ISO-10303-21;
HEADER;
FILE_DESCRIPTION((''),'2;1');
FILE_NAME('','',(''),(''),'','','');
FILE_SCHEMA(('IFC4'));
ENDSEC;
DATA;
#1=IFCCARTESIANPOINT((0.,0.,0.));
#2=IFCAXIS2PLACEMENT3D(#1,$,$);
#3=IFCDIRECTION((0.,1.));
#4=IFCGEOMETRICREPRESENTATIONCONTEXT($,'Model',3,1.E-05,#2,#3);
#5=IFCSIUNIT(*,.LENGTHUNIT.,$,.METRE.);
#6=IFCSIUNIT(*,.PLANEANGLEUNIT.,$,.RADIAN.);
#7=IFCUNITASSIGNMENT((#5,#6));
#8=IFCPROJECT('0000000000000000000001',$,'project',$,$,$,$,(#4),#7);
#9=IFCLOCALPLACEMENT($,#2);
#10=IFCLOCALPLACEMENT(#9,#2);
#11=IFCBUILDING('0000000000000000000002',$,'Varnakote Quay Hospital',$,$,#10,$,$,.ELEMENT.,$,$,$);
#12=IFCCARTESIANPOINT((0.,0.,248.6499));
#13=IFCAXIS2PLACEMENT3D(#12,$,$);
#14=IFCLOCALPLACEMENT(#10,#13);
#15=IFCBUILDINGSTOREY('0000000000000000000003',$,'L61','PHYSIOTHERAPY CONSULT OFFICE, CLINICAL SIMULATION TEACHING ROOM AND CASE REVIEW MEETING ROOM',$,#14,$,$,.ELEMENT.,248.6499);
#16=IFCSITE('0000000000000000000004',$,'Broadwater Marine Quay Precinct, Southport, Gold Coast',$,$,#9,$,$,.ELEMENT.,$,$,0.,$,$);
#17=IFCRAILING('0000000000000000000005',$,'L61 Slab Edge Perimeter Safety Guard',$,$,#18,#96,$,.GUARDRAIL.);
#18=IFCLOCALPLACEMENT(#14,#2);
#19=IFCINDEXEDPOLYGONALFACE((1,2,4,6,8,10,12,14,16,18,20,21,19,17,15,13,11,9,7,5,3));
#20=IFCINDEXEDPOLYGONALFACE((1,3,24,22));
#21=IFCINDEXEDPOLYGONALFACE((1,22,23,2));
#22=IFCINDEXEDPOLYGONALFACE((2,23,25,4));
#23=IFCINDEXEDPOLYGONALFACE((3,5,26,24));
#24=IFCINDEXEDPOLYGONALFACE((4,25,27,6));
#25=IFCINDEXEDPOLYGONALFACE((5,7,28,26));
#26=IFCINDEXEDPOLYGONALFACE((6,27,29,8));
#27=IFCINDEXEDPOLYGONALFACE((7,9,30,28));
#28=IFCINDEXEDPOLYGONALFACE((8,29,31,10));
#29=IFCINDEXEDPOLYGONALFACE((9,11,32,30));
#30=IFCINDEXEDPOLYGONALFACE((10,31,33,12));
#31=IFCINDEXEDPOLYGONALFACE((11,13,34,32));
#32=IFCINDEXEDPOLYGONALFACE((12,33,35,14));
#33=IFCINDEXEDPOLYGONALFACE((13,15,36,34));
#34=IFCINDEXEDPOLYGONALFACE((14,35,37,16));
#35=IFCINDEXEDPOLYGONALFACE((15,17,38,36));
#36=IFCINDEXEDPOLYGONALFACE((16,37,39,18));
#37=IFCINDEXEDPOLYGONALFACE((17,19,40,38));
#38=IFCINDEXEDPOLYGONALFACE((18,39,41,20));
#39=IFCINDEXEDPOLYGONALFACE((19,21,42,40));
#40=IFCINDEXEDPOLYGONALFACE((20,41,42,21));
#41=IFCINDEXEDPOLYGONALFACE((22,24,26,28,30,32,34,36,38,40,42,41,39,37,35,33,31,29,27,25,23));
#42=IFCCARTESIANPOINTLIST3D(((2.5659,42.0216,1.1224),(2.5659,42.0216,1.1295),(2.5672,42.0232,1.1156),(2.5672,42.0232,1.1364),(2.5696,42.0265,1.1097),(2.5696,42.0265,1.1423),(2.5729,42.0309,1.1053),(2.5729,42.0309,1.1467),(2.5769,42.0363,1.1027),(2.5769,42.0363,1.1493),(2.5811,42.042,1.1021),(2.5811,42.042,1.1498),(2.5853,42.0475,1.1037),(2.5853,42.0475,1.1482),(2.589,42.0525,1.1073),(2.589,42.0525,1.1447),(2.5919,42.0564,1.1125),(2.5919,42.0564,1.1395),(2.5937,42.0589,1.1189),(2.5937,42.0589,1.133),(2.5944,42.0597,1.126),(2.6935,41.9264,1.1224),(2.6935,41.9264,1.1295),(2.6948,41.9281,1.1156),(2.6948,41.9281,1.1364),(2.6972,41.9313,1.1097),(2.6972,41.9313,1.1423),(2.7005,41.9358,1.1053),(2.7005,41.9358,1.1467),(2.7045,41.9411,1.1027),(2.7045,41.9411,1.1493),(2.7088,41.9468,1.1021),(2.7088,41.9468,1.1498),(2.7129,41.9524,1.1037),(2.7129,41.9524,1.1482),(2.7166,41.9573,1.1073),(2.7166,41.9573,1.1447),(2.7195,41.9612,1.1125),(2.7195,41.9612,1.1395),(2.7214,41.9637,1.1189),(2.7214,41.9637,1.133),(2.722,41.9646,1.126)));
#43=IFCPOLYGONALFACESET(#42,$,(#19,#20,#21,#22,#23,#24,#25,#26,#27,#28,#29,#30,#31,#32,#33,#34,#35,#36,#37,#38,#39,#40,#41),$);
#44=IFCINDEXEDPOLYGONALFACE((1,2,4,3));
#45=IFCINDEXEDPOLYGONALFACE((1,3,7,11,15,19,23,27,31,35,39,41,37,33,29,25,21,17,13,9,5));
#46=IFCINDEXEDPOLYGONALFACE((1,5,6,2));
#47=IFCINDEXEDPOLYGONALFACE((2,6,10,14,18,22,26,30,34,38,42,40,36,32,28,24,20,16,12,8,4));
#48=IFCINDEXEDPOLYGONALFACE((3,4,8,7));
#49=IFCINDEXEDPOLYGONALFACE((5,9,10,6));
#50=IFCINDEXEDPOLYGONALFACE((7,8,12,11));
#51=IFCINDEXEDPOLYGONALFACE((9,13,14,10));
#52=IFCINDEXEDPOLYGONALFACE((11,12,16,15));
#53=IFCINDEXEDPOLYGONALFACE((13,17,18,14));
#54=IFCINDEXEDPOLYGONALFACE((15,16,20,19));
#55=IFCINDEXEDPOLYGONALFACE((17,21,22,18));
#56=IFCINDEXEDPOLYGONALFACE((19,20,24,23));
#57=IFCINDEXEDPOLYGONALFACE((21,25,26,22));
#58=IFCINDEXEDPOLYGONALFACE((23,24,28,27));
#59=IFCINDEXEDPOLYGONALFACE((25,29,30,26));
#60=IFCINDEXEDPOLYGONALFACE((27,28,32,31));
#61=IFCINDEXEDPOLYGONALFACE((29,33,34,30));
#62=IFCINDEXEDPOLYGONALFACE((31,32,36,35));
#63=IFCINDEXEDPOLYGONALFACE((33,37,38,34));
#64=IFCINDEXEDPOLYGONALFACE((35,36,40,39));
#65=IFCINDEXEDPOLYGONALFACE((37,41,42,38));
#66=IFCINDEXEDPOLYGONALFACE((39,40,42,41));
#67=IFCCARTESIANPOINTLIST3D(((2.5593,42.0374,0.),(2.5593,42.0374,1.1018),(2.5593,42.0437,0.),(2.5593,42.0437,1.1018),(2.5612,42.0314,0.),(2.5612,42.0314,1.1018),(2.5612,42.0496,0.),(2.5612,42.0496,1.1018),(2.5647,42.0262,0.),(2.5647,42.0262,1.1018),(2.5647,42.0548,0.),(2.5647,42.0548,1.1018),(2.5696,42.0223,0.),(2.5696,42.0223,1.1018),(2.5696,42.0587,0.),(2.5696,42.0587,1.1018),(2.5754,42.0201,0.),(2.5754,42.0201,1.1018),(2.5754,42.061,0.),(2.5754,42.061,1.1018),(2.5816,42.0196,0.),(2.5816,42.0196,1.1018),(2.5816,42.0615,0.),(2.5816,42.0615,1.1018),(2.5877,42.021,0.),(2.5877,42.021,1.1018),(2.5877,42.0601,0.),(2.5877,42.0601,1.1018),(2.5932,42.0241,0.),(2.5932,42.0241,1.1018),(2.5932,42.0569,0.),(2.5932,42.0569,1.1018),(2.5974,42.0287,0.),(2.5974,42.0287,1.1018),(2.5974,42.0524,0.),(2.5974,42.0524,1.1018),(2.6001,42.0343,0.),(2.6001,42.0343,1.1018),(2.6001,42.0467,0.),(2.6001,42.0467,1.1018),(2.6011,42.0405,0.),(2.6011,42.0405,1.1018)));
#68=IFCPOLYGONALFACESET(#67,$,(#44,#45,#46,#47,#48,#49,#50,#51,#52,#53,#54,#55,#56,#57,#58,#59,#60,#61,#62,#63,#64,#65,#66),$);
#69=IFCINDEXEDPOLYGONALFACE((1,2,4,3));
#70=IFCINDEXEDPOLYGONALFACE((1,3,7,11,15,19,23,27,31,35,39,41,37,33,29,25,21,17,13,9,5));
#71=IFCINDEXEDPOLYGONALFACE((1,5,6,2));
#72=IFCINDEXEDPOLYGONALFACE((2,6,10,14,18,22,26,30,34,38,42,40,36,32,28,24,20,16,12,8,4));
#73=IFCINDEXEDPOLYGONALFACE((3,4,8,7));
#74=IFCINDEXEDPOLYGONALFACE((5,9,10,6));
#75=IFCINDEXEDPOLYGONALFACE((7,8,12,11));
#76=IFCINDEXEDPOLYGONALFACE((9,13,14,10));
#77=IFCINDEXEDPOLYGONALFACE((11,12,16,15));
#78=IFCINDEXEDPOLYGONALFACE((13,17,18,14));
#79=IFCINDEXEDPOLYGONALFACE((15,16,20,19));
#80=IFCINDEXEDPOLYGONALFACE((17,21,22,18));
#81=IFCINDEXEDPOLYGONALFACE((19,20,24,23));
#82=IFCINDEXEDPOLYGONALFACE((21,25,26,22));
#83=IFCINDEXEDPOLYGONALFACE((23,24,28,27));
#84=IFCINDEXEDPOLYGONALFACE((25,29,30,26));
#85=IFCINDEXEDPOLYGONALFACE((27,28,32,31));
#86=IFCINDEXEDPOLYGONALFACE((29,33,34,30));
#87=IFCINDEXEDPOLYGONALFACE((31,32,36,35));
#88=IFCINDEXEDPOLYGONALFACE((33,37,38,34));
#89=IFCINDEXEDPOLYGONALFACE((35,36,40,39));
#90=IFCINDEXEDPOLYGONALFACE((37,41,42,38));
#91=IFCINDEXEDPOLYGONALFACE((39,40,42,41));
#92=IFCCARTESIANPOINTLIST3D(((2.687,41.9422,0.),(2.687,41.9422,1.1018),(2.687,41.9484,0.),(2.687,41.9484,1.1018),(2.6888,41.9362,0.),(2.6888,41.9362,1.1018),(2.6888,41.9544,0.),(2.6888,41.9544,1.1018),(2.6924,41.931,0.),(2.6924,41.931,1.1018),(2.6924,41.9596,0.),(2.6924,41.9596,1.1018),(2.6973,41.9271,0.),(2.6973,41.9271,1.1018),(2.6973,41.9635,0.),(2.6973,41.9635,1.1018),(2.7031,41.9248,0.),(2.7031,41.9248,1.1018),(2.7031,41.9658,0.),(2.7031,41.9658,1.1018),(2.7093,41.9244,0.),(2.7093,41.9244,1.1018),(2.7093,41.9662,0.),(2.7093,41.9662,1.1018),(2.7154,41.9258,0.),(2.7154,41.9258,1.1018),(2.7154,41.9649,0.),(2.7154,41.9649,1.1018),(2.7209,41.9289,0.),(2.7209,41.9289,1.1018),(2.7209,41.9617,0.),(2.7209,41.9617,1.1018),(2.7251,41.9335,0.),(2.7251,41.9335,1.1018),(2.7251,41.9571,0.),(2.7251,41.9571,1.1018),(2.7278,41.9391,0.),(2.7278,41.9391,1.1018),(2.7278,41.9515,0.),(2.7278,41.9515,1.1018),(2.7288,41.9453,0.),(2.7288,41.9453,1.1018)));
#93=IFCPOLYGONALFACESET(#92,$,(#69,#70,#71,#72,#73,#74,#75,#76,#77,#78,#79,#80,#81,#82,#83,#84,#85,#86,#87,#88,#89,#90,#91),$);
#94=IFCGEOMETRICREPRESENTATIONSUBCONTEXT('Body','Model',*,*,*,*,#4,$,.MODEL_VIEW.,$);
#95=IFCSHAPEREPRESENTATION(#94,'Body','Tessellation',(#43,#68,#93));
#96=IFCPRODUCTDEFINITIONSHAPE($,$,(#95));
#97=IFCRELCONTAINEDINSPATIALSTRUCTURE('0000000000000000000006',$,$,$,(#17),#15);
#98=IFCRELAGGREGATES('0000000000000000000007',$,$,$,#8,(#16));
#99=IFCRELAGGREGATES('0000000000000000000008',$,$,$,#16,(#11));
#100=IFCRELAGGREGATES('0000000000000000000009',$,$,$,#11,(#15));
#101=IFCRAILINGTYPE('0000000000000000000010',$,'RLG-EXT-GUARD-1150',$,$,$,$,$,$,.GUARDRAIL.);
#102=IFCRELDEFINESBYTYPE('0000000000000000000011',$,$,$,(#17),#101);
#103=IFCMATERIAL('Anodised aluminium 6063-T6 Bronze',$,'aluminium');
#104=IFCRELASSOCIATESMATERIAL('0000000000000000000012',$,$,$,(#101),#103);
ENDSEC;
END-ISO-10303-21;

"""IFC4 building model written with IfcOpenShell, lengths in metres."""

from ifc_helpers import new_model, si_unit, direction, frame, origin, origin_2d, place, context, subcontext, project, spatial, circle, extrude, material, type_object, element, save


model = new_model("IFC4")

# Units and contexts
model_context = context("Model", 3, precision=1e-05, world=origin(), true_north=direction((0.0, 1.0)))
body_context = subcontext(model_context, "Body", "Model", "MODEL_VIEW")
ifc_project = project(units=[si_unit("LENGTHUNIT", "METRE"), si_unit("PLANEANGLEUNIT", "RADIAN")], contexts=[model_context])

# Site, building, storey
site_placement = place(None, origin())
site = spatial("IfcSite", under=ifc_project, at=site_placement, Name="Broadwater Marine Quay Precinct, Southport, Gold Coast", CompositionType="ELEMENT", RefElevation=0.0)
building_placement = place(site_placement, origin())
building = spatial("IfcBuilding", under=site, at=building_placement, Name="Varnakote Quay Hospital", CompositionType="ELEMENT")
storey_placement = place(building_placement, frame((0.0, 0.0, 248.6499)))
storey = spatial("IfcBuildingStorey", under=building, at=storey_placement, Name="L61", Description="PHYSIOTHERAPY CONSULT OFFICE, CLINICAL SIMULATION TEACHING ROOM AND CASE REVIEW MEETING ROOM", CompositionType="ELEMENT", Elevation=248.6499)

# Railing
ifc_material_1 = material(Name="Anodised aluminium 6063-T6 Bronze", Category="aluminium")
railing_type = type_object("IfcRailingType", Name="RLG-EXT-GUARD-1150", PredefinedType="GUARDRAIL", material=ifc_material_1)
railing_1_placement = place(storey_placement, frame((2.5801, 42.0405, 0.0)))
element("IfcRailing", 1, at=railing_1_placement, inside=storey, type_object=railing_type, Name="L61 Slab Edge Perimeter Safety Guard", PredefinedType="GUARDRAIL", context=body_context, shape_type="SweptSolid", body=[
    extrude(circle(Radius=0.0239, at=origin_2d()), frame((0.0, 0.0, 1.126), z_axis=(0.801652, -0.59779, 0.0), x_axis=(0.59779, 0.801652, 0.0)), (0.0, 0.0, 1.0), 0.1592),
    extrude(circle(Radius=0.021, at=origin_2d()), origin(), (0.0, 0.0, 1.0), 1.1018),
    extrude(circle(Radius=0.021, at=origin_2d()), frame((0.1277, -0.0952, 0.0)), (0.0, 0.0, 1.0), 1.1018),
])

save(model, "model.ifc")
